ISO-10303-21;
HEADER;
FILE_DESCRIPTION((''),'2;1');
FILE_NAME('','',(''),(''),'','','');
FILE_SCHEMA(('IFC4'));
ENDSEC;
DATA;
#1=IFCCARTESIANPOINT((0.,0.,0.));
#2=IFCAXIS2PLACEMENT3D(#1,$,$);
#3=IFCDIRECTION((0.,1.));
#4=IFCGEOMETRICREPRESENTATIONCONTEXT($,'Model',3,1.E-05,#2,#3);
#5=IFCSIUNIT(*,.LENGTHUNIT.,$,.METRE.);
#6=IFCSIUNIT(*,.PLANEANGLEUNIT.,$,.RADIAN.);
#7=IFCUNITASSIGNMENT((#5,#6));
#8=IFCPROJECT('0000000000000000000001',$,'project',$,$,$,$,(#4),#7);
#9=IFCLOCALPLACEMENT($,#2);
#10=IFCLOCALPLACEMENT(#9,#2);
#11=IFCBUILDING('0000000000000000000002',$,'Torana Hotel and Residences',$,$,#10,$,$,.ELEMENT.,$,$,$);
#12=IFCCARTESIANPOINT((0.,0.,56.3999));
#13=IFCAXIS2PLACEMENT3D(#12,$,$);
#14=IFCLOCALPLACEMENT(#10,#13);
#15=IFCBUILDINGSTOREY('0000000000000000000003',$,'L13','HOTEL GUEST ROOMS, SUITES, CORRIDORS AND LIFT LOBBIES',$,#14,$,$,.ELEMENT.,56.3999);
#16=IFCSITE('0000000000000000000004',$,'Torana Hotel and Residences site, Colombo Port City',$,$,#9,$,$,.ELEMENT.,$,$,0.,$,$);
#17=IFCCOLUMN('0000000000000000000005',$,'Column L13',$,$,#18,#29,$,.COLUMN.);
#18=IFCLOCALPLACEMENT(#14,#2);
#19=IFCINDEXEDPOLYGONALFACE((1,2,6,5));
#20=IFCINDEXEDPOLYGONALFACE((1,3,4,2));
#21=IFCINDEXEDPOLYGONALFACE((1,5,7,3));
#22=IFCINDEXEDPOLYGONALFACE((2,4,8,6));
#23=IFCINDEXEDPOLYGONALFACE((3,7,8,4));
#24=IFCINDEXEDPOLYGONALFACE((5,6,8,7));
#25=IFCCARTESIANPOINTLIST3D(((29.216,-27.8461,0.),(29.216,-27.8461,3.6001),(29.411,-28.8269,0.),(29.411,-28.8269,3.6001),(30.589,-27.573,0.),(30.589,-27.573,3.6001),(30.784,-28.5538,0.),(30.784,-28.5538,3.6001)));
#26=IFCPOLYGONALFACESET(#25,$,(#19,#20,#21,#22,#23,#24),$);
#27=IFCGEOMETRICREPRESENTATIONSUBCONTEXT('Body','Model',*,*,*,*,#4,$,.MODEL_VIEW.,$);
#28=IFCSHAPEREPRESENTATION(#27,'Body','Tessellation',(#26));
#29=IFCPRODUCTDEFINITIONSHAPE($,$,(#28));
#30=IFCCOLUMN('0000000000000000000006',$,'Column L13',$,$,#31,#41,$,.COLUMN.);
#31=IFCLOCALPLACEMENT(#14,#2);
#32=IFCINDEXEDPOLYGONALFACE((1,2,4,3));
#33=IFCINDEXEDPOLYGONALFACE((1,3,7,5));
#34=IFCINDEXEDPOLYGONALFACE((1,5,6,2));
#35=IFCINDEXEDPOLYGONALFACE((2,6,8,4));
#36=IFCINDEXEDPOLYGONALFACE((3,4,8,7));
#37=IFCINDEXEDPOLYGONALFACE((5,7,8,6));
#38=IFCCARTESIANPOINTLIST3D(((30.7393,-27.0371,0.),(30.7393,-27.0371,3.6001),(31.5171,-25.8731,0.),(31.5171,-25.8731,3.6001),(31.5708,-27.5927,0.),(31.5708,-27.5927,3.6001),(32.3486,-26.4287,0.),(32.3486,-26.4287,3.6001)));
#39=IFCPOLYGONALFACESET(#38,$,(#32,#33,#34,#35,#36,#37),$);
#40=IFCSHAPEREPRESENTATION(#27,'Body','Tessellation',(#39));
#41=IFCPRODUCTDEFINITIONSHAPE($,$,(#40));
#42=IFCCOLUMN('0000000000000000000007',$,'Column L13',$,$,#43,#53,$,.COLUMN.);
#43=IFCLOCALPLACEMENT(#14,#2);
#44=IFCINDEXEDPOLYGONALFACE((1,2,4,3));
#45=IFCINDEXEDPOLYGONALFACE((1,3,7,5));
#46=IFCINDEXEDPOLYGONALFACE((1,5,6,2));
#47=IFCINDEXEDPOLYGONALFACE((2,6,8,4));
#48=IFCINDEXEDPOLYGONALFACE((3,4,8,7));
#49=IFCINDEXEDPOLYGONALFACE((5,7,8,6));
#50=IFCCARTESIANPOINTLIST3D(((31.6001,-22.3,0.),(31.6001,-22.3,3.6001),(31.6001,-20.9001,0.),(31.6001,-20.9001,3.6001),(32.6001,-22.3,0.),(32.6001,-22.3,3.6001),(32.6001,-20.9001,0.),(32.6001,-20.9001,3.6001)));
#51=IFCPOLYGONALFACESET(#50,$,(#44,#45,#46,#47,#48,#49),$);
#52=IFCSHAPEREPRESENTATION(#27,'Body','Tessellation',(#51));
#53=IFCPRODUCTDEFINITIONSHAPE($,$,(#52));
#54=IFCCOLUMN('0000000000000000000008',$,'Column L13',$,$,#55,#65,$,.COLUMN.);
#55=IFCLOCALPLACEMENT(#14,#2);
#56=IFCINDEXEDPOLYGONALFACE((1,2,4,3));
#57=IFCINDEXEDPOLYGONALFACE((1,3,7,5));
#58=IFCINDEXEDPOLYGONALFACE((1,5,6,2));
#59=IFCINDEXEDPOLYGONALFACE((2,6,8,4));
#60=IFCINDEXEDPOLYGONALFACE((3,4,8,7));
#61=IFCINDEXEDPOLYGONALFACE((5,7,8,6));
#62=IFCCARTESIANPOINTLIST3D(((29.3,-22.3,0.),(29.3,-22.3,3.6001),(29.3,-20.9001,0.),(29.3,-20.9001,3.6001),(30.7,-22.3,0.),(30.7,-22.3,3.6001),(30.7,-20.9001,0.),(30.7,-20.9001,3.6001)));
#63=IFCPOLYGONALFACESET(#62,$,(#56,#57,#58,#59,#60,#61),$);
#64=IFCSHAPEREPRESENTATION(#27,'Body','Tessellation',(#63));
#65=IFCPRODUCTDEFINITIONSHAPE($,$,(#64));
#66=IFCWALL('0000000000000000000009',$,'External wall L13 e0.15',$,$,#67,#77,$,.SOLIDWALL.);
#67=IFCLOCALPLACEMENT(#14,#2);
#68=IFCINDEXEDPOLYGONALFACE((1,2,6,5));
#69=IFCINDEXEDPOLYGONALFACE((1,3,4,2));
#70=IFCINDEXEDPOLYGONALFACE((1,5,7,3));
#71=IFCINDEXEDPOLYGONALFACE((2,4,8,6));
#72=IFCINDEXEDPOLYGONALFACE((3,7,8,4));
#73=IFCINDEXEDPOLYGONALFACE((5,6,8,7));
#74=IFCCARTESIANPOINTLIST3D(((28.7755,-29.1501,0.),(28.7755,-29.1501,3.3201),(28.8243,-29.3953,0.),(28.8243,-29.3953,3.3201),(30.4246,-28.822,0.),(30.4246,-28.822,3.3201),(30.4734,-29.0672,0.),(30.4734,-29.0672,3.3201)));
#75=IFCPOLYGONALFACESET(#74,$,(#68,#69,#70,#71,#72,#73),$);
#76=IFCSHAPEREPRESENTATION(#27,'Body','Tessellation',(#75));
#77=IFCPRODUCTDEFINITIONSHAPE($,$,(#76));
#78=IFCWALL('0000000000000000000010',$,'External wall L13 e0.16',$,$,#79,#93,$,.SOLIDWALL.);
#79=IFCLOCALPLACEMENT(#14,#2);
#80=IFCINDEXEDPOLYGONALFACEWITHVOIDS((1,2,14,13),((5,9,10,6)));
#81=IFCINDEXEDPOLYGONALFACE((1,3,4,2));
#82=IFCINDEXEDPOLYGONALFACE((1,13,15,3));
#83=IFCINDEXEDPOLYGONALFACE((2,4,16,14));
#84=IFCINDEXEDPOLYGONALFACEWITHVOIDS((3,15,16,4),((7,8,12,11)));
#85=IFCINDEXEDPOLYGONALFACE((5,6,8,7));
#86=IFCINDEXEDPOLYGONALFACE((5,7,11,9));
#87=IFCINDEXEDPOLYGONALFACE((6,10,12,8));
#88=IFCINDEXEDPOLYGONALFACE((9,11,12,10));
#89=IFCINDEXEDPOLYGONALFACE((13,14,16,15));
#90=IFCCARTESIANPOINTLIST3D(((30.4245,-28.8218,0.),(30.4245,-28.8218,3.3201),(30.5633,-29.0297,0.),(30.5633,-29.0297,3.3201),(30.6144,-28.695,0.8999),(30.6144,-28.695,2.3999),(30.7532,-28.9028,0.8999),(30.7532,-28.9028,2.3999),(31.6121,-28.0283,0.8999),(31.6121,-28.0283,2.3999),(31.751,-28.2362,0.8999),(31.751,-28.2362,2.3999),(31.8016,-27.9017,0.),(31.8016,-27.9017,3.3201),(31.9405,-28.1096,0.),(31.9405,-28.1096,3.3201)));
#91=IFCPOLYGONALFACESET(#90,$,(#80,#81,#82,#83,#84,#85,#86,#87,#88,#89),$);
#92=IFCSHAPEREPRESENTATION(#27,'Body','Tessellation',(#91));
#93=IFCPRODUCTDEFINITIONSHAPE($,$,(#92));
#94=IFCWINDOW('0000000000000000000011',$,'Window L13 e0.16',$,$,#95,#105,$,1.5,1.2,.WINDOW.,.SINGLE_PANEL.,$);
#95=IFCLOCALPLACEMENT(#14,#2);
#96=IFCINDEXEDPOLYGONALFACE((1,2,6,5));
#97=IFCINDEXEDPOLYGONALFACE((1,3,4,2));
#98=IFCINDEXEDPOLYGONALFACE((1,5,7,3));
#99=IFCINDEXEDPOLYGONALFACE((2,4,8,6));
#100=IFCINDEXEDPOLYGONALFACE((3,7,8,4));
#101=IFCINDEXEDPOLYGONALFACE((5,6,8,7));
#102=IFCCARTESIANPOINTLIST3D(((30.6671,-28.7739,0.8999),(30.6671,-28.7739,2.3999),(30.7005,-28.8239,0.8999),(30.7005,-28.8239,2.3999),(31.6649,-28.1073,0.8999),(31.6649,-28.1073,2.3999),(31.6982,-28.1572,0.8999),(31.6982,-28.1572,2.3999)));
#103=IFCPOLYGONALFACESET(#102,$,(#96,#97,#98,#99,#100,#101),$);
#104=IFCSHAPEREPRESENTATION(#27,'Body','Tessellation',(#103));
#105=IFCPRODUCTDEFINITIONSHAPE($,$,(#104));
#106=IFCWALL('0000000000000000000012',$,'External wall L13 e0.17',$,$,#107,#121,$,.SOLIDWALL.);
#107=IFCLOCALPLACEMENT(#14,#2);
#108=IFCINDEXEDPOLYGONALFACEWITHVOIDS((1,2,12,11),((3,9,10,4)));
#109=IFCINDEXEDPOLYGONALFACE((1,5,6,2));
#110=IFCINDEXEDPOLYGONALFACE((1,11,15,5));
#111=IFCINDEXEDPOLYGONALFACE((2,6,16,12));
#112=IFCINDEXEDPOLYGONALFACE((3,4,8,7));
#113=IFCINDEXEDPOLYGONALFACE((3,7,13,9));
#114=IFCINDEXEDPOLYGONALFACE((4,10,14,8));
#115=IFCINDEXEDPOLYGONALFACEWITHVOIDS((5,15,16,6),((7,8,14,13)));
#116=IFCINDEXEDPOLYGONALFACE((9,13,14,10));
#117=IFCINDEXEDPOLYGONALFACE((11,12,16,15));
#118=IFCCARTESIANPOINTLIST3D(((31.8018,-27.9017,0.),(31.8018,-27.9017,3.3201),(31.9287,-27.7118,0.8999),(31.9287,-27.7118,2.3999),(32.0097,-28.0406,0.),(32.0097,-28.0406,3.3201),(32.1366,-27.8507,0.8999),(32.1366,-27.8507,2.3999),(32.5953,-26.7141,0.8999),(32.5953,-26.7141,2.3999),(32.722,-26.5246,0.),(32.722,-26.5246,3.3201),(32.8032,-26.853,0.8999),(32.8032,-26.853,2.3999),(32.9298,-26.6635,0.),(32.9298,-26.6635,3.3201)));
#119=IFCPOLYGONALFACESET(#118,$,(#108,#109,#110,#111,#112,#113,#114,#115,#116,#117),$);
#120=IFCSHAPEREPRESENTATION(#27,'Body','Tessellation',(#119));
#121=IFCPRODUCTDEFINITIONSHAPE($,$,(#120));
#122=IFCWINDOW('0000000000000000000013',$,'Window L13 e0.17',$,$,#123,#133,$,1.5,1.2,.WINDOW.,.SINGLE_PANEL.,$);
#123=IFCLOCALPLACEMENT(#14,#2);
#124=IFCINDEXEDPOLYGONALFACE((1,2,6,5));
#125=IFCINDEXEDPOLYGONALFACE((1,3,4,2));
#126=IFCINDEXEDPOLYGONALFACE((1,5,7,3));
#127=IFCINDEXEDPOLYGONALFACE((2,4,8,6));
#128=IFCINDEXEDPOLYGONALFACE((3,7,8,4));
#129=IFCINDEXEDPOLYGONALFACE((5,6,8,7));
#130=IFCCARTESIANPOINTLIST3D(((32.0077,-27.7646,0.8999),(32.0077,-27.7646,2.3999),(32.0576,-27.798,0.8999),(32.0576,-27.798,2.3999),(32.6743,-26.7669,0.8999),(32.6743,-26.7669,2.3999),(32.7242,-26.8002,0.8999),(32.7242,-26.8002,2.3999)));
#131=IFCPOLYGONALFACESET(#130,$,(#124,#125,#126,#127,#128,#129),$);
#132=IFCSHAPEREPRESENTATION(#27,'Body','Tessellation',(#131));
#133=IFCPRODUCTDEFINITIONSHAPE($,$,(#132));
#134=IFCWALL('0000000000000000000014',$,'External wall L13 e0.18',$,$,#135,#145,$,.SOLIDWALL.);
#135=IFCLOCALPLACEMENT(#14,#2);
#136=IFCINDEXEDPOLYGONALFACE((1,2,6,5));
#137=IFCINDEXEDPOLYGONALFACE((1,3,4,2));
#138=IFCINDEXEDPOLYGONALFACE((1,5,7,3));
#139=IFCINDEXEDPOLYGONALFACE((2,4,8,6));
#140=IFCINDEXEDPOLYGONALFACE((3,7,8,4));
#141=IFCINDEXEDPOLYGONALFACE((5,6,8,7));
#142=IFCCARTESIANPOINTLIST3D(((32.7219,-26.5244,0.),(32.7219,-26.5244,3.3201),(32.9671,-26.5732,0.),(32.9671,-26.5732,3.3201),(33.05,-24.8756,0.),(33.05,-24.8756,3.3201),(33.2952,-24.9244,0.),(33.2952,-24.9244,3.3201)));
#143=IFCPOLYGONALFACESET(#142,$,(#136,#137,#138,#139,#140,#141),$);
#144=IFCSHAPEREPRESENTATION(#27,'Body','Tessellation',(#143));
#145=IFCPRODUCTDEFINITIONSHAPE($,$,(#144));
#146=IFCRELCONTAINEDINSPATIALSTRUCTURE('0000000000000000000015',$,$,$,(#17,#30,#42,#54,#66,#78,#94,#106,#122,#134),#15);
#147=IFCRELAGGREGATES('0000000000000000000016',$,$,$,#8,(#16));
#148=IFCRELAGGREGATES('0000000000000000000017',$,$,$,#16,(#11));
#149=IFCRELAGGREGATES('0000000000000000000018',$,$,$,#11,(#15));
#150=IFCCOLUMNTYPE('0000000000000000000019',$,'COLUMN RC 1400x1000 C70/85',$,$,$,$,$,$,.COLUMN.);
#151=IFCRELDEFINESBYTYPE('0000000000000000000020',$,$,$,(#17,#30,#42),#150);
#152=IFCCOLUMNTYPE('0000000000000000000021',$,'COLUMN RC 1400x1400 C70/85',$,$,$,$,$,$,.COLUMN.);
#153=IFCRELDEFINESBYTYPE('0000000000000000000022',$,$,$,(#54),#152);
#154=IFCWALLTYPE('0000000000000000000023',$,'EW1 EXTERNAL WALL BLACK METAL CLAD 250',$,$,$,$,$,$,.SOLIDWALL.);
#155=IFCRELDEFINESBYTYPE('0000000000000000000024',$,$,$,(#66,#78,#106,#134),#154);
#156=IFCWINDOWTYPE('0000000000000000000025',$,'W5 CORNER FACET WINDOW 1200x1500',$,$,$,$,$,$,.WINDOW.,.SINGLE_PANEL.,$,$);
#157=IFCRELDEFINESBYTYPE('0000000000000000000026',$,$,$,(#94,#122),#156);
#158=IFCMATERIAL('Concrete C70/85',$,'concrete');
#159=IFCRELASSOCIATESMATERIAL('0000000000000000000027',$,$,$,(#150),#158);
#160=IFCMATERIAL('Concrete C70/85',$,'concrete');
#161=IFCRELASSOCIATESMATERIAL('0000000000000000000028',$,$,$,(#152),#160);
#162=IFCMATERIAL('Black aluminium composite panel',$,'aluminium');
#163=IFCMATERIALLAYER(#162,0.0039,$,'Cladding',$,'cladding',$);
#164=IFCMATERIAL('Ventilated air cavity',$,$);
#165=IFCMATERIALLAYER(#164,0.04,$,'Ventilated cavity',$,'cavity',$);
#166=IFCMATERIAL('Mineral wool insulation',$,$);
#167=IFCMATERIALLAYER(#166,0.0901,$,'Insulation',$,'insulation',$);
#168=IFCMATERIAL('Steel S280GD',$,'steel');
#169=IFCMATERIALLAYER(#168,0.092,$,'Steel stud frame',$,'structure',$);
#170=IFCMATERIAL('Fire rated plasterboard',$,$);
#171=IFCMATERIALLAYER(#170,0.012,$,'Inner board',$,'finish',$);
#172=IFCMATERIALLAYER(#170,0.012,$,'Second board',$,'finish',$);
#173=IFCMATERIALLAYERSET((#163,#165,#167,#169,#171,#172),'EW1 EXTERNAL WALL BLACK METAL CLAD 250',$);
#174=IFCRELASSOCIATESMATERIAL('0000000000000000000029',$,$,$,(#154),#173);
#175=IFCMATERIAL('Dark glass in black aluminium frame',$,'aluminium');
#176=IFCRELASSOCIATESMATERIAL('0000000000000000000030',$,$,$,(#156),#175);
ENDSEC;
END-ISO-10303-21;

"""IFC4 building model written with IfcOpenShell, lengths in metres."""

from ifc_helpers import new_model, si_unit, direction, frame, frame_2d, origin, origin_2d, place, context, subcontext, project, spatial, rectangle, extrude, material, layer, layer_set, material_profile, profile_set, type_object, element, fill, save


model = new_model("IFC4")

# Units and contexts
model_context = context("Model", 3, precision=1e-05, world=origin(), true_north=direction((0.0, 1.0)))
body_context = subcontext(model_context, "Body", "Model", "MODEL_VIEW")
ifc_project = project(units=[si_unit("LENGTHUNIT", "METRE"), si_unit("PLANEANGLEUNIT", "RADIAN")], contexts=[model_context])

# Site, building, storey
site_placement = place(None, origin())
site = spatial("IfcSite", under=ifc_project, at=site_placement, Name="Torana Hotel and Residences site, Colombo Port City", CompositionType="ELEMENT", RefElevation=0.0)
building_placement = place(site_placement, origin())
building = spatial("IfcBuilding", under=site, at=building_placement, Name="Torana Hotel and Residences", CompositionType="ELEMENT")
storey_placement = place(building_placement, frame((0.0, 0.0, 56.3999)))
storey = spatial("IfcBuildingStorey", under=building, at=storey_placement, Name="L13", Description="HOTEL GUEST ROOMS, SUITES, CORRIDORS AND LIFT LOBBIES", CompositionType="ELEMENT", Elevation=56.3999)

# Columns
ifc_material_1 = material(Name="Concrete C70/85", Category="concrete")
ifc_material_profile_1 = material_profile(ifc_material_1, rectangle(XDim=1.3999, YDim=1.0, at=origin_2d()), Name="RC 1400x1000")
ifc_profile_set_1 = profile_set([ifc_material_profile_1], Name="Concrete C70/85")
column_type_1 = type_object("IfcColumnType", Name="COLUMN RC 1400x1000 C70/85", PredefinedType="COLUMN", material=ifc_profile_set_1)
for number, where, z_axis, x_axis, name in (
    (1, (30.0, -28.2, 0.0), (0.0, 0.0, 1.0), (0.980792, 0.195056, 0.0), "Column L13"),
    (2, (31.5439, -26.7329, 0.0), (0.0, 0.0, 1.0), (0.555585, 0.83146, 0.0), "Column L13"),
    (3, (32.1001, -21.6001, 0.0), (0.0, 0.0, 1.0), (0.0, 1.0, 0.0), "Column L13"),
):
    element("IfcColumn", number, at=place(storey_placement, frame(where, z_axis=z_axis, x_axis=x_axis)), inside=storey, type_object=column_type_1, Name=name, PredefinedType="COLUMN", context=body_context, shape_type="SweptSolid", body=[
        extrude(rectangle(XDim=1.3999, YDim=1.0, at=origin_2d()), origin(), (0.0, 0.0, 1.0), 3.6001),
    ])
ifc_material_2 = material(Name="Concrete C70/85", Category="concrete")
ifc_material_profile_2 = material_profile(ifc_material_2, rectangle(XDim=1.3999, YDim=1.3999, at=origin_2d()), Name="RC 1400x1400")
ifc_profile_set_2 = profile_set([ifc_material_profile_2], Name="Concrete C70/85")
column_type_2 = type_object("IfcColumnType", Name="COLUMN RC 1400x1400 C70/85", PredefinedType="COLUMN", material=ifc_profile_set_2)
column_placement = place(storey_placement, frame((30.0, -21.6001, 0.0), z_axis=(0.0, 0.0, 1.0), x_axis=(1.0, 0.0, 0.0)))
element("IfcColumn", 4, at=column_placement, inside=storey, type_object=column_type_2, Name="Column L13", PredefinedType="COLUMN", context=body_context, shape_type="SweptSolid", body=[
    extrude(rectangle(XDim=1.3999, YDim=1.3999, at=origin_2d()), origin(), (0.0, 0.0, 1.0), 3.6001),
])

# Wall
ifc_material_3 = material(Name="Black aluminium composite panel", Category="aluminium")
ifc_layer_1 = layer(ifc_material_3, 0.0039, Name="Cladding", Category="cladding")
ifc_material_4 = material(Name="Ventilated air cavity")
ifc_layer_2 = layer(ifc_material_4, 0.04, Name="Ventilated cavity", Category="cavity")
ifc_material_5 = material(Name="Mineral wool insulation")
ifc_layer_3 = layer(ifc_material_5, 0.0901, Name="Insulation", Category="insulation")
ifc_material_6 = material(Name="Steel S280GD", Category="steel")
ifc_layer_4 = layer(ifc_material_6, 0.092, Name="Steel stud frame", Category="structure")
ifc_material_7 = material(Name="Fire rated plasterboard")
ifc_layer_5 = layer(ifc_material_7, 0.012, Name="Inner board", Category="finish")
ifc_layer_6 = layer(ifc_material_7, 0.012, Name="Second board", Category="finish")
ifc_layer_set_1 = layer_set([ifc_layer_1, ifc_layer_2, ifc_layer_3, ifc_layer_4, ifc_layer_5, ifc_layer_6], Name="EW1 EXTERNAL WALL BLACK METAL CLAD 250")
wall_type_1 = type_object("IfcWallType", Name="EW1 EXTERNAL WALL BLACK METAL CLAD 250", PredefinedType="SOLIDWALL", material=ifc_layer_set_1)
wall_1_placement = place(storey_placement, frame((28.7998, -29.2727, 0.0), z_axis=(0.0, 0.0, 1.0), x_axis=(0.980776, 0.195139, 0.0)))
element("IfcWall", 5, at=wall_1_placement, inside=storey, type_object=wall_type_1, Name="External wall L13 e0.15", PredefinedType="SOLIDWALL", context=body_context, shape_type="SweptSolid", body=[
    extrude(rectangle(XDim=1.6814, YDim=0.25, at=frame_2d((0.8408, 0.0))), origin(), (0.0, 0.0, 1.0), 3.3201),
])

# Walls, openings, windows
wall_2_placement = place(storey_placement, frame((30.4939, -28.9258, 0.0), z_axis=(0.0, 0.0, 1.0), x_axis=(0.831483, 0.55555, 0.0)))
wall_2 = element("IfcWall", 6, at=wall_2_placement, inside=storey, type_object=wall_type_1, Name="External wall L13 e0.16", PredefinedType="SOLIDWALL", context=body_context, shape_type="SweptSolid", body=[
    extrude(rectangle(XDim=1.6562, YDim=0.25, at=frame_2d((0.8281, 0.0))), origin(), (0.0, 0.0, 1.0), 3.3201),
])
opening_1_placement = place(wall_2_placement, frame((0.2283, 0.0, 0.8999)))
opening_1 = element("IfcOpeningElement", 7, at=opening_1_placement, cuts=wall_2, PredefinedType="OPENING", context=body_context, shape_type="SweptSolid", body=[
    extrude(rectangle(XDim=1.2, YDim=1.5, at=frame_2d((0.6001, 0.75))), frame((0.0, 0.135, 0.0), z_axis=(0.0, -1.0, 0.0), x_axis=(1.0, 0.0, 0.0)), (0.0, 0.0, 1.0), 0.27),
])
ifc_material_8 = material(Name="Dark glass in black aluminium frame", Category="aluminium")
window_type_1 = type_object("IfcWindowType", Name="W5 CORNER FACET WINDOW 1200x1500", PartitioningType="SINGLE_PANEL", PredefinedType="WINDOW", material=ifc_material_8)
window_1_placement = place(opening_1_placement, origin())
window_1 = element("IfcWindow", 8, at=window_1_placement, inside=storey, type_object=window_type_1, Name="Window L13 e0.16", OverallHeight=1.5, OverallWidth=1.2, PartitioningType="SINGLE_PANEL", PredefinedType="WINDOW", context=body_context, shape_type="SweptSolid", body=[
    extrude(rectangle(XDim=1.2, YDim=1.5, at=frame_2d((0.6001, 0.75))), frame((0.0, 0.03, 0.0), z_axis=(0.0, -1.0, 0.0), x_axis=(1.0, 0.0, 0.0)), (0.0, 0.0, 1.0), 0.0601),
])
fill(opening_1, window_1)
wall_3_placement = place(storey_placement, frame((31.9058, -27.9712, 0.0), z_axis=(0.0, 0.0, 1.0), x_axis=(0.55555, 0.831483, 0.0)))
wall_3 = element("IfcWall", 9, at=wall_3_placement, inside=storey, type_object=wall_type_1, Name="External wall L13 e0.17", PredefinedType="SOLIDWALL", context=body_context, shape_type="SweptSolid", body=[
    extrude(rectangle(XDim=1.6562, YDim=0.25, at=frame_2d((0.8281, 0.0))), origin(), (0.0, 0.0, 1.0), 3.3201),
])
opening_2_placement = place(wall_3_placement, frame((0.2283, 0.0, 0.8999)))
opening_2 = element("IfcOpeningElement", 10, at=opening_2_placement, cuts=wall_3, PredefinedType="OPENING", context=body_context, shape_type="SweptSolid", body=[
    extrude(rectangle(XDim=1.2, YDim=1.5, at=frame_2d((0.6001, 0.75))), frame((0.0, 0.135, 0.0), z_axis=(0.0, -1.0, 0.0), x_axis=(1.0, 0.0, 0.0)), (0.0, 0.0, 1.0), 0.27),
])
window_2_placement = place(opening_2_placement, origin())
window_2 = element("IfcWindow", 11, at=window_2_placement, inside=storey, type_object=window_type_1, Name="Window L13 e0.17", OverallHeight=1.5, OverallWidth=1.2, PartitioningType="SINGLE_PANEL", PredefinedType="WINDOW", context=body_context, shape_type="SweptSolid", body=[
    extrude(rectangle(XDim=1.2, YDim=1.5, at=frame_2d((0.6001, 0.75))), frame((0.0, 0.03, 0.0), z_axis=(0.0, -1.0, 0.0), x_axis=(1.0, 0.0, 0.0)), (0.0, 0.0, 1.0), 0.0601),
])
fill(opening_2, window_2)

# Wall
wall_4_placement = place(storey_placement, frame((32.8445, -26.5488, 0.0), z_axis=(0.0, 0.0, 1.0), x_axis=(0.195167, 0.98077, 0.0)))
element("IfcWall", 12, at=wall_4_placement, inside=storey, type_object=wall_type_1, Name="External wall L13 e0.18", PredefinedType="SOLIDWALL", context=body_context, shape_type="SweptSolid", body=[
    extrude(rectangle(XDim=1.6812, YDim=0.25, at=frame_2d((0.8406, 0.0))), origin(), (0.0, 0.0, 1.0), 3.3201),
])

save(model, "model.ifc")
